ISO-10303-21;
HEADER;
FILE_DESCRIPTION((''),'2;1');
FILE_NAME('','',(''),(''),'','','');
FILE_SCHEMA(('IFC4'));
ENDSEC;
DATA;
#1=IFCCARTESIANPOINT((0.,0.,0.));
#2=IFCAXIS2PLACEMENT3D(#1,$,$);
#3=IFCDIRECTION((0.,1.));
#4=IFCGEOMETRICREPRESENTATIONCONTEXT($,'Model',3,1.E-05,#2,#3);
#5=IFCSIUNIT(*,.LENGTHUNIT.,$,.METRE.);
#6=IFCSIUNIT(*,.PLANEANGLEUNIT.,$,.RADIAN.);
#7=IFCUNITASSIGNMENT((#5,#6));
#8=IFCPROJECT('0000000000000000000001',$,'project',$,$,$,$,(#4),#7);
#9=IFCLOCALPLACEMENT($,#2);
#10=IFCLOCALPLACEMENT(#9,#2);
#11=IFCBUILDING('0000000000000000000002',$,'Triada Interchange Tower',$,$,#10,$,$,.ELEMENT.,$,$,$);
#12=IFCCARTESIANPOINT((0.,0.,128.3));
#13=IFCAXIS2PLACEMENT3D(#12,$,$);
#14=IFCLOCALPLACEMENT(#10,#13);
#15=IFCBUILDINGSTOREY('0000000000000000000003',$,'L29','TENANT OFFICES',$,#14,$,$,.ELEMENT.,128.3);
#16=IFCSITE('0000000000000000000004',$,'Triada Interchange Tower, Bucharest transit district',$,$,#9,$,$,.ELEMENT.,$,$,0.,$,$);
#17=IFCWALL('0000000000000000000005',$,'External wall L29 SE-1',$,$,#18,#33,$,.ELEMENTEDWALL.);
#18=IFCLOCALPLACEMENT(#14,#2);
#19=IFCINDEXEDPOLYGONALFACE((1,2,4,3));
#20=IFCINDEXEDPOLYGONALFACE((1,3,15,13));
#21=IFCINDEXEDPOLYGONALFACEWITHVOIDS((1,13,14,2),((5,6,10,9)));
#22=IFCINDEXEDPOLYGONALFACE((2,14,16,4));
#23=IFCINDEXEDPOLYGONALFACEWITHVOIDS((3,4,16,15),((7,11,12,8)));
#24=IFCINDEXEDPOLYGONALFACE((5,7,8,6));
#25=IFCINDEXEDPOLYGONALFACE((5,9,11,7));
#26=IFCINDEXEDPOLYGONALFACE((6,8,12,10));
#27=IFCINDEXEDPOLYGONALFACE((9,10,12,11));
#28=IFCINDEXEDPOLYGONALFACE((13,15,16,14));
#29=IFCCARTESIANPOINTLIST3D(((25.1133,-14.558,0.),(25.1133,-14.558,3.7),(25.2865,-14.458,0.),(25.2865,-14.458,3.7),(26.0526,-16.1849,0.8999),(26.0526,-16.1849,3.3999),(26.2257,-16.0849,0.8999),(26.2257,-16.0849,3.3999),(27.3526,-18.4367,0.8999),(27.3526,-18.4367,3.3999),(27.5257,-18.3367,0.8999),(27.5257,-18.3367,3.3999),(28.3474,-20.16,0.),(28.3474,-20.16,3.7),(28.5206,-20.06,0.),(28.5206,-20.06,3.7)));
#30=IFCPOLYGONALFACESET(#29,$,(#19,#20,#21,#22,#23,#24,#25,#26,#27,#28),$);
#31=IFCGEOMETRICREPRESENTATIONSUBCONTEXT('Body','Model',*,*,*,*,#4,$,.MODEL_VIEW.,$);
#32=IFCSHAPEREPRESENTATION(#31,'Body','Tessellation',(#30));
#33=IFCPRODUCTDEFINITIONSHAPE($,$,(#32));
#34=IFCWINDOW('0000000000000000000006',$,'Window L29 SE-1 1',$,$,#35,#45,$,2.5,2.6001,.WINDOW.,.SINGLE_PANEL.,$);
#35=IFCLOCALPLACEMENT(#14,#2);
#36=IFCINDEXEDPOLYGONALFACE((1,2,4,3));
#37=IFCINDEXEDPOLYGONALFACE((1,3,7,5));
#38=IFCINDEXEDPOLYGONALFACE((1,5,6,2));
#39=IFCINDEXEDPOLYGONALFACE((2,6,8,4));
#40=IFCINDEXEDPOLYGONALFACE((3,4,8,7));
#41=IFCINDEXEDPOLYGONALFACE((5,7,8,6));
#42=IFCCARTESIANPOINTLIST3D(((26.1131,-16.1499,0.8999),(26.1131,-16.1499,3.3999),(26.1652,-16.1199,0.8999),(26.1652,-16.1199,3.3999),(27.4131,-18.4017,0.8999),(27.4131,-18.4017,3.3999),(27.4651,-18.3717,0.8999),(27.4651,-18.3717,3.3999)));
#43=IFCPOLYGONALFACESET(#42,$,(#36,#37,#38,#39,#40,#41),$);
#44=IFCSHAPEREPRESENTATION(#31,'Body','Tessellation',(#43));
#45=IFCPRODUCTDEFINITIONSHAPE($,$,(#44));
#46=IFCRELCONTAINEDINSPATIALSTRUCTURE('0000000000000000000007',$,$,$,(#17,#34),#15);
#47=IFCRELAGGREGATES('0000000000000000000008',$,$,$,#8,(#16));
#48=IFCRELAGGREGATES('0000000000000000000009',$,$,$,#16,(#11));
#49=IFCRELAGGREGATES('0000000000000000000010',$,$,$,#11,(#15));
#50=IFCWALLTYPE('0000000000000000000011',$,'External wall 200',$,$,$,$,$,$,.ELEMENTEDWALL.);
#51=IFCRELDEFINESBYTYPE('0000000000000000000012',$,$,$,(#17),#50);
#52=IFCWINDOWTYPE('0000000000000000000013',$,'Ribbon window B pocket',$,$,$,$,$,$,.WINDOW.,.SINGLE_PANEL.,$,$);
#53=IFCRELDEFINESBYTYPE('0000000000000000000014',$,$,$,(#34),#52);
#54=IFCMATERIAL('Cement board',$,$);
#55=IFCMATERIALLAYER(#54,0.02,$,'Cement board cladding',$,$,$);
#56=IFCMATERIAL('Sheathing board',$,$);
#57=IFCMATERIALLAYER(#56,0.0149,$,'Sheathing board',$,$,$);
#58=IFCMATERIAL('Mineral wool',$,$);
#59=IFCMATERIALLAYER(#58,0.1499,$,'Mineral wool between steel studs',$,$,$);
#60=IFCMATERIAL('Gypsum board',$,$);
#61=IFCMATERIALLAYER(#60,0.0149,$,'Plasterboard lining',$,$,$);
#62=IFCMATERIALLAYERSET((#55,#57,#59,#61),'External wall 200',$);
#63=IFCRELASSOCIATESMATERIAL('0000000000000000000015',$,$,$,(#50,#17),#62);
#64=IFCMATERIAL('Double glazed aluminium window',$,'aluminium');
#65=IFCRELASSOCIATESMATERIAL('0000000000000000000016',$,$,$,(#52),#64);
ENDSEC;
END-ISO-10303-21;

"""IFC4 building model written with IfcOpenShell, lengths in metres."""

from ifc_helpers import new_model, si_unit, direction, frame, frame_2d, origin, place, context, subcontext, project, spatial, rectangle, extrude, material, layer, layer_set, layer_usage, type_object, element, fill, save


model = new_model("IFC4")

# Units and contexts
model_context = context("Model", 3, precision=1e-05, world=origin(), true_north=direction((0.0, 1.0)))
body_context = subcontext(model_context, "Body", "Model", "MODEL_VIEW")
ifc_project = project(units=[si_unit("LENGTHUNIT", "METRE"), si_unit("PLANEANGLEUNIT", "RADIAN")], contexts=[model_context])

# Site, building, storey
site_placement = place(None, origin())
site = spatial("IfcSite", under=ifc_project, at=site_placement, Name="Triada Interchange Tower, Bucharest transit district", CompositionType="ELEMENT", RefElevation=0.0)
building_placement = place(site_placement, origin())
building = spatial("IfcBuilding", under=site, at=building_placement, Name="Triada Interchange Tower", CompositionType="ELEMENT")
storey_placement = place(building_placement, frame((0.0, 0.0, 128.3)))
storey = spatial("IfcBuildingStorey", under=building, at=storey_placement, Name="L29", Description="TENANT OFFICES", CompositionType="ELEMENT", Elevation=128.3)

# Wall, opening, window
ifc_material_1 = material(Name="Cement board")
ifc_layer_1 = layer(ifc_material_1, 0.02, Name="Cement board cladding")
ifc_material_2 = material(Name="Sheathing board")
ifc_layer_2 = layer(ifc_material_2, 0.0149, Name="Sheathing board")
ifc_material_3 = material(Name="Mineral wool")
ifc_layer_3 = layer(ifc_material_3, 0.1499, Name="Mineral wool between steel studs")
ifc_material_4 = material(Name="Gypsum board")
ifc_layer_4 = layer(ifc_material_4, 0.0149, Name="Plasterboard lining")
ifc_layer_set_1 = layer_set([ifc_layer_1, ifc_layer_2, ifc_layer_3, ifc_layer_4], Name="External wall 200")
ifc_layer_usage = layer_usage(ifc_layer_set_1, "AXIS2", "POSITIVE", -0.1001)
wall_type = type_object("IfcWallType", Name="External wall 200", PredefinedType="ELEMENTEDWALL", material=ifc_layer_set_1)
wall_1_placement = place(storey_placement, frame((28.4341, -20.1101, 0.0), z_axis=(0.0, 0.0, 1.0), x_axis=(-0.499975, 0.86604, 0.0)))
wall_1 = element("IfcWall", 1, at=wall_1_placement, inside=storey, type_object=wall_type, material=ifc_layer_usage, Name="External wall L29 SE-1", PredefinedType="ELEMENTEDWALL", context=body_context, shape_type="SweptSolid", body=[
    extrude(rectangle(XDim=6.4685, YDim=0.2, at=frame_2d((3.2344, 0.0))), origin(), (0.0, 0.0, 1.0), 3.7),
])
opening_1_placement = place(wall_1_placement, frame((1.99, 0.0, 0.8999)))
opening_1 = element("IfcOpeningElement", 2, at=opening_1_placement, cuts=wall_1, PredefinedType="OPENING", context=body_context, shape_type="SweptSolid", body=[
    extrude(rectangle(XDim=2.6001, YDim=2.5, at=frame_2d((1.3, 1.25))), frame((0.0, 0.1099, 0.0), z_axis=(0.0, -1.0, 0.0), x_axis=(1.0, 0.0, 0.0)), (0.0, 0.0, 1.0), 0.22),
])
ifc_material_5 = material(Name="Double glazed aluminium window", Category="aluminium")
window_type_1 = type_object("IfcWindowType", Name="Ribbon window B pocket", PartitioningType="SINGLE_PANEL", PredefinedType="WINDOW", material=ifc_material_5)
window_1_placement = place(opening_1_placement, origin())
window_1 = element("IfcWindow", 3, at=window_1_placement, inside=storey, type_object=window_type_1, Name="Window L29 SE-1 1", OverallHeight=2.5, OverallWidth=2.6001, PartitioningType="SINGLE_PANEL", PredefinedType="WINDOW", context=body_context, shape_type="SweptSolid", body=[
    extrude(rectangle(XDim=2.6001, YDim=2.5, at=frame_2d((1.3, 1.25))), frame((0.0, 0.03, 0.0), z_axis=(0.0, -1.0, 0.0), x_axis=(1.0, 0.0, 0.0)), (0.0, 0.0, 1.0), 0.0601),
])
fill(opening_1, window_1)

save(model, "model.ifc")
